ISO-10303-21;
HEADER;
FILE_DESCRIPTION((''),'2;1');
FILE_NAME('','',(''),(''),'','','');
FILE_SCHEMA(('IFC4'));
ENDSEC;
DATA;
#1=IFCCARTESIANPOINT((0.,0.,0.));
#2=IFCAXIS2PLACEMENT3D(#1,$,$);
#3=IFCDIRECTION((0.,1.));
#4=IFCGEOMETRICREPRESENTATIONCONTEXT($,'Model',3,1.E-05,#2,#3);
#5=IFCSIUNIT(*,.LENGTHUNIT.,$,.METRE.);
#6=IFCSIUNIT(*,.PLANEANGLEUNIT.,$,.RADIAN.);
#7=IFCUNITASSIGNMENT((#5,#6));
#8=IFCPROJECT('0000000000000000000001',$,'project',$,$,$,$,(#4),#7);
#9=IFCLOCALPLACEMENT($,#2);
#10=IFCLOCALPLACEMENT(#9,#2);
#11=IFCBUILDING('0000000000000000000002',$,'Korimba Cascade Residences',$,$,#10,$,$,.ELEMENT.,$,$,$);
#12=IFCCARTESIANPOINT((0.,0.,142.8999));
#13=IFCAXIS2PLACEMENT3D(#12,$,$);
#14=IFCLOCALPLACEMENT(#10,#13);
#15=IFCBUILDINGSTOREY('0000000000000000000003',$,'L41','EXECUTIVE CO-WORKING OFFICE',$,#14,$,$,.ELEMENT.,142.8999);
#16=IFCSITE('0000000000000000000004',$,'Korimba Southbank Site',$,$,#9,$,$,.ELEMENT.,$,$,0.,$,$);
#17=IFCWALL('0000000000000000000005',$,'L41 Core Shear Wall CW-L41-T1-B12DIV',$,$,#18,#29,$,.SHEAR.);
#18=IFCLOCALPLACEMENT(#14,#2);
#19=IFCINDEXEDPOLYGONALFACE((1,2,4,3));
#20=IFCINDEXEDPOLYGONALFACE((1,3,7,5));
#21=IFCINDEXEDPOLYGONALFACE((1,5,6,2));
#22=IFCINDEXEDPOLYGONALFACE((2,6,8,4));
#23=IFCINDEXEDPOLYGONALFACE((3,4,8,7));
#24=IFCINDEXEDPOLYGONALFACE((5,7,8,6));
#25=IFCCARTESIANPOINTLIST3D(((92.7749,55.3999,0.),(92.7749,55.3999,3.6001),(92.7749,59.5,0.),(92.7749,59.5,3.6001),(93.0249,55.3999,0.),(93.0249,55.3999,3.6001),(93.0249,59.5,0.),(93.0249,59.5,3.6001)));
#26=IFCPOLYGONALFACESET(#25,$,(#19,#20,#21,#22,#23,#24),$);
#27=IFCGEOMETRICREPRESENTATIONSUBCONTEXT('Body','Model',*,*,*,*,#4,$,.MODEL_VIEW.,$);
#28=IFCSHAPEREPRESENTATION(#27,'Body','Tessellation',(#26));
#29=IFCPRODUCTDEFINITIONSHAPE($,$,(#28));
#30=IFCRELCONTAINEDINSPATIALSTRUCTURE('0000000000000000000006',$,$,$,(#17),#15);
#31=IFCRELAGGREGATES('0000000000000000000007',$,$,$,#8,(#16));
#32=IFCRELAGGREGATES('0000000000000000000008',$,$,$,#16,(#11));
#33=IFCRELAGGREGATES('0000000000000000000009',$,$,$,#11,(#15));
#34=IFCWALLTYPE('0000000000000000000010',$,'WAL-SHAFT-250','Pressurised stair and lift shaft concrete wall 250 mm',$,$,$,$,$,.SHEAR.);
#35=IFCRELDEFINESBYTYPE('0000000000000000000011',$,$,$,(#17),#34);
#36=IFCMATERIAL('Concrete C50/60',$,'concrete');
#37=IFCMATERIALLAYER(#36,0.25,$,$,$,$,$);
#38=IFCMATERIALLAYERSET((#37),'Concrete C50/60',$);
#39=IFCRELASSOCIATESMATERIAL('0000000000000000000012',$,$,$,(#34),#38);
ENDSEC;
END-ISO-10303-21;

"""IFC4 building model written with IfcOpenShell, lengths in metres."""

from ifc_helpers import new_model, si_unit, direction, frame, frame_2d, origin, place, context, subcontext, project, spatial, rectangle, extrude, material, layer, layer_set, type_object, element, save


model = new_model("IFC4")

# Units and contexts
model_context = context("Model", 3, precision=1e-05, world=origin(), true_north=direction((0.0, 1.0)))
body_context = subcontext(model_context, "Body", "Model", "MODEL_VIEW")
ifc_project = project(units=[si_unit("LENGTHUNIT", "METRE"), si_unit("PLANEANGLEUNIT", "RADIAN")], contexts=[model_context])

# Site, building, storey
site_placement = place(None, origin())
site = spatial("IfcSite", under=ifc_project, at=site_placement, Name="Korimba Southbank Site", CompositionType="ELEMENT", RefElevation=0.0)
building_placement = place(site_placement, origin())
building = spatial("IfcBuilding", under=site, at=building_placement, Name="Korimba Cascade Residences", CompositionType="ELEMENT")
storey_placement = place(building_placement, frame((0.0, 0.0, 142.8999)))
storey = spatial("IfcBuildingStorey", under=building, at=storey_placement, Name="L41", Description="EXECUTIVE CO-WORKING OFFICE", CompositionType="ELEMENT", Elevation=142.8999)

# Shared definitions
ifc_material_1 = material(Name="Concrete C50/60", Category="concrete")
ifc_layer_1 = layer(ifc_material_1, 0.25)
ifc_layer_set_1 = layer_set([ifc_layer_1], Name="Concrete C50/60")
wall_type_1 = type_object("IfcWallType", Name="WAL-SHAFT-250", Description="Pressurised stair and lift shaft concrete wall 250 mm", PredefinedType="SHEAR", material=ifc_layer_set_1)

# Wall
wall_1_placement = place(storey_placement, frame((92.8999, 55.3999, 0.0), z_axis=(0.0, 0.0, 1.0), x_axis=(0.0, 1.0, 0.0)))
element("IfcWall", 1, at=wall_1_placement, inside=storey, type_object=wall_type_1, Name="L41 Core Shear Wall CW-L41-T1-B12DIV", PredefinedType="SHEAR", context=body_context, shape_type="SweptSolid", body=[
    extrude(rectangle(XDim=4.1001, YDim=0.25, at=frame_2d((2.05, 0.0))), origin(), (0.0, 0.0, 1.0), 3.6001),
])

save(model, "model.ifc")
